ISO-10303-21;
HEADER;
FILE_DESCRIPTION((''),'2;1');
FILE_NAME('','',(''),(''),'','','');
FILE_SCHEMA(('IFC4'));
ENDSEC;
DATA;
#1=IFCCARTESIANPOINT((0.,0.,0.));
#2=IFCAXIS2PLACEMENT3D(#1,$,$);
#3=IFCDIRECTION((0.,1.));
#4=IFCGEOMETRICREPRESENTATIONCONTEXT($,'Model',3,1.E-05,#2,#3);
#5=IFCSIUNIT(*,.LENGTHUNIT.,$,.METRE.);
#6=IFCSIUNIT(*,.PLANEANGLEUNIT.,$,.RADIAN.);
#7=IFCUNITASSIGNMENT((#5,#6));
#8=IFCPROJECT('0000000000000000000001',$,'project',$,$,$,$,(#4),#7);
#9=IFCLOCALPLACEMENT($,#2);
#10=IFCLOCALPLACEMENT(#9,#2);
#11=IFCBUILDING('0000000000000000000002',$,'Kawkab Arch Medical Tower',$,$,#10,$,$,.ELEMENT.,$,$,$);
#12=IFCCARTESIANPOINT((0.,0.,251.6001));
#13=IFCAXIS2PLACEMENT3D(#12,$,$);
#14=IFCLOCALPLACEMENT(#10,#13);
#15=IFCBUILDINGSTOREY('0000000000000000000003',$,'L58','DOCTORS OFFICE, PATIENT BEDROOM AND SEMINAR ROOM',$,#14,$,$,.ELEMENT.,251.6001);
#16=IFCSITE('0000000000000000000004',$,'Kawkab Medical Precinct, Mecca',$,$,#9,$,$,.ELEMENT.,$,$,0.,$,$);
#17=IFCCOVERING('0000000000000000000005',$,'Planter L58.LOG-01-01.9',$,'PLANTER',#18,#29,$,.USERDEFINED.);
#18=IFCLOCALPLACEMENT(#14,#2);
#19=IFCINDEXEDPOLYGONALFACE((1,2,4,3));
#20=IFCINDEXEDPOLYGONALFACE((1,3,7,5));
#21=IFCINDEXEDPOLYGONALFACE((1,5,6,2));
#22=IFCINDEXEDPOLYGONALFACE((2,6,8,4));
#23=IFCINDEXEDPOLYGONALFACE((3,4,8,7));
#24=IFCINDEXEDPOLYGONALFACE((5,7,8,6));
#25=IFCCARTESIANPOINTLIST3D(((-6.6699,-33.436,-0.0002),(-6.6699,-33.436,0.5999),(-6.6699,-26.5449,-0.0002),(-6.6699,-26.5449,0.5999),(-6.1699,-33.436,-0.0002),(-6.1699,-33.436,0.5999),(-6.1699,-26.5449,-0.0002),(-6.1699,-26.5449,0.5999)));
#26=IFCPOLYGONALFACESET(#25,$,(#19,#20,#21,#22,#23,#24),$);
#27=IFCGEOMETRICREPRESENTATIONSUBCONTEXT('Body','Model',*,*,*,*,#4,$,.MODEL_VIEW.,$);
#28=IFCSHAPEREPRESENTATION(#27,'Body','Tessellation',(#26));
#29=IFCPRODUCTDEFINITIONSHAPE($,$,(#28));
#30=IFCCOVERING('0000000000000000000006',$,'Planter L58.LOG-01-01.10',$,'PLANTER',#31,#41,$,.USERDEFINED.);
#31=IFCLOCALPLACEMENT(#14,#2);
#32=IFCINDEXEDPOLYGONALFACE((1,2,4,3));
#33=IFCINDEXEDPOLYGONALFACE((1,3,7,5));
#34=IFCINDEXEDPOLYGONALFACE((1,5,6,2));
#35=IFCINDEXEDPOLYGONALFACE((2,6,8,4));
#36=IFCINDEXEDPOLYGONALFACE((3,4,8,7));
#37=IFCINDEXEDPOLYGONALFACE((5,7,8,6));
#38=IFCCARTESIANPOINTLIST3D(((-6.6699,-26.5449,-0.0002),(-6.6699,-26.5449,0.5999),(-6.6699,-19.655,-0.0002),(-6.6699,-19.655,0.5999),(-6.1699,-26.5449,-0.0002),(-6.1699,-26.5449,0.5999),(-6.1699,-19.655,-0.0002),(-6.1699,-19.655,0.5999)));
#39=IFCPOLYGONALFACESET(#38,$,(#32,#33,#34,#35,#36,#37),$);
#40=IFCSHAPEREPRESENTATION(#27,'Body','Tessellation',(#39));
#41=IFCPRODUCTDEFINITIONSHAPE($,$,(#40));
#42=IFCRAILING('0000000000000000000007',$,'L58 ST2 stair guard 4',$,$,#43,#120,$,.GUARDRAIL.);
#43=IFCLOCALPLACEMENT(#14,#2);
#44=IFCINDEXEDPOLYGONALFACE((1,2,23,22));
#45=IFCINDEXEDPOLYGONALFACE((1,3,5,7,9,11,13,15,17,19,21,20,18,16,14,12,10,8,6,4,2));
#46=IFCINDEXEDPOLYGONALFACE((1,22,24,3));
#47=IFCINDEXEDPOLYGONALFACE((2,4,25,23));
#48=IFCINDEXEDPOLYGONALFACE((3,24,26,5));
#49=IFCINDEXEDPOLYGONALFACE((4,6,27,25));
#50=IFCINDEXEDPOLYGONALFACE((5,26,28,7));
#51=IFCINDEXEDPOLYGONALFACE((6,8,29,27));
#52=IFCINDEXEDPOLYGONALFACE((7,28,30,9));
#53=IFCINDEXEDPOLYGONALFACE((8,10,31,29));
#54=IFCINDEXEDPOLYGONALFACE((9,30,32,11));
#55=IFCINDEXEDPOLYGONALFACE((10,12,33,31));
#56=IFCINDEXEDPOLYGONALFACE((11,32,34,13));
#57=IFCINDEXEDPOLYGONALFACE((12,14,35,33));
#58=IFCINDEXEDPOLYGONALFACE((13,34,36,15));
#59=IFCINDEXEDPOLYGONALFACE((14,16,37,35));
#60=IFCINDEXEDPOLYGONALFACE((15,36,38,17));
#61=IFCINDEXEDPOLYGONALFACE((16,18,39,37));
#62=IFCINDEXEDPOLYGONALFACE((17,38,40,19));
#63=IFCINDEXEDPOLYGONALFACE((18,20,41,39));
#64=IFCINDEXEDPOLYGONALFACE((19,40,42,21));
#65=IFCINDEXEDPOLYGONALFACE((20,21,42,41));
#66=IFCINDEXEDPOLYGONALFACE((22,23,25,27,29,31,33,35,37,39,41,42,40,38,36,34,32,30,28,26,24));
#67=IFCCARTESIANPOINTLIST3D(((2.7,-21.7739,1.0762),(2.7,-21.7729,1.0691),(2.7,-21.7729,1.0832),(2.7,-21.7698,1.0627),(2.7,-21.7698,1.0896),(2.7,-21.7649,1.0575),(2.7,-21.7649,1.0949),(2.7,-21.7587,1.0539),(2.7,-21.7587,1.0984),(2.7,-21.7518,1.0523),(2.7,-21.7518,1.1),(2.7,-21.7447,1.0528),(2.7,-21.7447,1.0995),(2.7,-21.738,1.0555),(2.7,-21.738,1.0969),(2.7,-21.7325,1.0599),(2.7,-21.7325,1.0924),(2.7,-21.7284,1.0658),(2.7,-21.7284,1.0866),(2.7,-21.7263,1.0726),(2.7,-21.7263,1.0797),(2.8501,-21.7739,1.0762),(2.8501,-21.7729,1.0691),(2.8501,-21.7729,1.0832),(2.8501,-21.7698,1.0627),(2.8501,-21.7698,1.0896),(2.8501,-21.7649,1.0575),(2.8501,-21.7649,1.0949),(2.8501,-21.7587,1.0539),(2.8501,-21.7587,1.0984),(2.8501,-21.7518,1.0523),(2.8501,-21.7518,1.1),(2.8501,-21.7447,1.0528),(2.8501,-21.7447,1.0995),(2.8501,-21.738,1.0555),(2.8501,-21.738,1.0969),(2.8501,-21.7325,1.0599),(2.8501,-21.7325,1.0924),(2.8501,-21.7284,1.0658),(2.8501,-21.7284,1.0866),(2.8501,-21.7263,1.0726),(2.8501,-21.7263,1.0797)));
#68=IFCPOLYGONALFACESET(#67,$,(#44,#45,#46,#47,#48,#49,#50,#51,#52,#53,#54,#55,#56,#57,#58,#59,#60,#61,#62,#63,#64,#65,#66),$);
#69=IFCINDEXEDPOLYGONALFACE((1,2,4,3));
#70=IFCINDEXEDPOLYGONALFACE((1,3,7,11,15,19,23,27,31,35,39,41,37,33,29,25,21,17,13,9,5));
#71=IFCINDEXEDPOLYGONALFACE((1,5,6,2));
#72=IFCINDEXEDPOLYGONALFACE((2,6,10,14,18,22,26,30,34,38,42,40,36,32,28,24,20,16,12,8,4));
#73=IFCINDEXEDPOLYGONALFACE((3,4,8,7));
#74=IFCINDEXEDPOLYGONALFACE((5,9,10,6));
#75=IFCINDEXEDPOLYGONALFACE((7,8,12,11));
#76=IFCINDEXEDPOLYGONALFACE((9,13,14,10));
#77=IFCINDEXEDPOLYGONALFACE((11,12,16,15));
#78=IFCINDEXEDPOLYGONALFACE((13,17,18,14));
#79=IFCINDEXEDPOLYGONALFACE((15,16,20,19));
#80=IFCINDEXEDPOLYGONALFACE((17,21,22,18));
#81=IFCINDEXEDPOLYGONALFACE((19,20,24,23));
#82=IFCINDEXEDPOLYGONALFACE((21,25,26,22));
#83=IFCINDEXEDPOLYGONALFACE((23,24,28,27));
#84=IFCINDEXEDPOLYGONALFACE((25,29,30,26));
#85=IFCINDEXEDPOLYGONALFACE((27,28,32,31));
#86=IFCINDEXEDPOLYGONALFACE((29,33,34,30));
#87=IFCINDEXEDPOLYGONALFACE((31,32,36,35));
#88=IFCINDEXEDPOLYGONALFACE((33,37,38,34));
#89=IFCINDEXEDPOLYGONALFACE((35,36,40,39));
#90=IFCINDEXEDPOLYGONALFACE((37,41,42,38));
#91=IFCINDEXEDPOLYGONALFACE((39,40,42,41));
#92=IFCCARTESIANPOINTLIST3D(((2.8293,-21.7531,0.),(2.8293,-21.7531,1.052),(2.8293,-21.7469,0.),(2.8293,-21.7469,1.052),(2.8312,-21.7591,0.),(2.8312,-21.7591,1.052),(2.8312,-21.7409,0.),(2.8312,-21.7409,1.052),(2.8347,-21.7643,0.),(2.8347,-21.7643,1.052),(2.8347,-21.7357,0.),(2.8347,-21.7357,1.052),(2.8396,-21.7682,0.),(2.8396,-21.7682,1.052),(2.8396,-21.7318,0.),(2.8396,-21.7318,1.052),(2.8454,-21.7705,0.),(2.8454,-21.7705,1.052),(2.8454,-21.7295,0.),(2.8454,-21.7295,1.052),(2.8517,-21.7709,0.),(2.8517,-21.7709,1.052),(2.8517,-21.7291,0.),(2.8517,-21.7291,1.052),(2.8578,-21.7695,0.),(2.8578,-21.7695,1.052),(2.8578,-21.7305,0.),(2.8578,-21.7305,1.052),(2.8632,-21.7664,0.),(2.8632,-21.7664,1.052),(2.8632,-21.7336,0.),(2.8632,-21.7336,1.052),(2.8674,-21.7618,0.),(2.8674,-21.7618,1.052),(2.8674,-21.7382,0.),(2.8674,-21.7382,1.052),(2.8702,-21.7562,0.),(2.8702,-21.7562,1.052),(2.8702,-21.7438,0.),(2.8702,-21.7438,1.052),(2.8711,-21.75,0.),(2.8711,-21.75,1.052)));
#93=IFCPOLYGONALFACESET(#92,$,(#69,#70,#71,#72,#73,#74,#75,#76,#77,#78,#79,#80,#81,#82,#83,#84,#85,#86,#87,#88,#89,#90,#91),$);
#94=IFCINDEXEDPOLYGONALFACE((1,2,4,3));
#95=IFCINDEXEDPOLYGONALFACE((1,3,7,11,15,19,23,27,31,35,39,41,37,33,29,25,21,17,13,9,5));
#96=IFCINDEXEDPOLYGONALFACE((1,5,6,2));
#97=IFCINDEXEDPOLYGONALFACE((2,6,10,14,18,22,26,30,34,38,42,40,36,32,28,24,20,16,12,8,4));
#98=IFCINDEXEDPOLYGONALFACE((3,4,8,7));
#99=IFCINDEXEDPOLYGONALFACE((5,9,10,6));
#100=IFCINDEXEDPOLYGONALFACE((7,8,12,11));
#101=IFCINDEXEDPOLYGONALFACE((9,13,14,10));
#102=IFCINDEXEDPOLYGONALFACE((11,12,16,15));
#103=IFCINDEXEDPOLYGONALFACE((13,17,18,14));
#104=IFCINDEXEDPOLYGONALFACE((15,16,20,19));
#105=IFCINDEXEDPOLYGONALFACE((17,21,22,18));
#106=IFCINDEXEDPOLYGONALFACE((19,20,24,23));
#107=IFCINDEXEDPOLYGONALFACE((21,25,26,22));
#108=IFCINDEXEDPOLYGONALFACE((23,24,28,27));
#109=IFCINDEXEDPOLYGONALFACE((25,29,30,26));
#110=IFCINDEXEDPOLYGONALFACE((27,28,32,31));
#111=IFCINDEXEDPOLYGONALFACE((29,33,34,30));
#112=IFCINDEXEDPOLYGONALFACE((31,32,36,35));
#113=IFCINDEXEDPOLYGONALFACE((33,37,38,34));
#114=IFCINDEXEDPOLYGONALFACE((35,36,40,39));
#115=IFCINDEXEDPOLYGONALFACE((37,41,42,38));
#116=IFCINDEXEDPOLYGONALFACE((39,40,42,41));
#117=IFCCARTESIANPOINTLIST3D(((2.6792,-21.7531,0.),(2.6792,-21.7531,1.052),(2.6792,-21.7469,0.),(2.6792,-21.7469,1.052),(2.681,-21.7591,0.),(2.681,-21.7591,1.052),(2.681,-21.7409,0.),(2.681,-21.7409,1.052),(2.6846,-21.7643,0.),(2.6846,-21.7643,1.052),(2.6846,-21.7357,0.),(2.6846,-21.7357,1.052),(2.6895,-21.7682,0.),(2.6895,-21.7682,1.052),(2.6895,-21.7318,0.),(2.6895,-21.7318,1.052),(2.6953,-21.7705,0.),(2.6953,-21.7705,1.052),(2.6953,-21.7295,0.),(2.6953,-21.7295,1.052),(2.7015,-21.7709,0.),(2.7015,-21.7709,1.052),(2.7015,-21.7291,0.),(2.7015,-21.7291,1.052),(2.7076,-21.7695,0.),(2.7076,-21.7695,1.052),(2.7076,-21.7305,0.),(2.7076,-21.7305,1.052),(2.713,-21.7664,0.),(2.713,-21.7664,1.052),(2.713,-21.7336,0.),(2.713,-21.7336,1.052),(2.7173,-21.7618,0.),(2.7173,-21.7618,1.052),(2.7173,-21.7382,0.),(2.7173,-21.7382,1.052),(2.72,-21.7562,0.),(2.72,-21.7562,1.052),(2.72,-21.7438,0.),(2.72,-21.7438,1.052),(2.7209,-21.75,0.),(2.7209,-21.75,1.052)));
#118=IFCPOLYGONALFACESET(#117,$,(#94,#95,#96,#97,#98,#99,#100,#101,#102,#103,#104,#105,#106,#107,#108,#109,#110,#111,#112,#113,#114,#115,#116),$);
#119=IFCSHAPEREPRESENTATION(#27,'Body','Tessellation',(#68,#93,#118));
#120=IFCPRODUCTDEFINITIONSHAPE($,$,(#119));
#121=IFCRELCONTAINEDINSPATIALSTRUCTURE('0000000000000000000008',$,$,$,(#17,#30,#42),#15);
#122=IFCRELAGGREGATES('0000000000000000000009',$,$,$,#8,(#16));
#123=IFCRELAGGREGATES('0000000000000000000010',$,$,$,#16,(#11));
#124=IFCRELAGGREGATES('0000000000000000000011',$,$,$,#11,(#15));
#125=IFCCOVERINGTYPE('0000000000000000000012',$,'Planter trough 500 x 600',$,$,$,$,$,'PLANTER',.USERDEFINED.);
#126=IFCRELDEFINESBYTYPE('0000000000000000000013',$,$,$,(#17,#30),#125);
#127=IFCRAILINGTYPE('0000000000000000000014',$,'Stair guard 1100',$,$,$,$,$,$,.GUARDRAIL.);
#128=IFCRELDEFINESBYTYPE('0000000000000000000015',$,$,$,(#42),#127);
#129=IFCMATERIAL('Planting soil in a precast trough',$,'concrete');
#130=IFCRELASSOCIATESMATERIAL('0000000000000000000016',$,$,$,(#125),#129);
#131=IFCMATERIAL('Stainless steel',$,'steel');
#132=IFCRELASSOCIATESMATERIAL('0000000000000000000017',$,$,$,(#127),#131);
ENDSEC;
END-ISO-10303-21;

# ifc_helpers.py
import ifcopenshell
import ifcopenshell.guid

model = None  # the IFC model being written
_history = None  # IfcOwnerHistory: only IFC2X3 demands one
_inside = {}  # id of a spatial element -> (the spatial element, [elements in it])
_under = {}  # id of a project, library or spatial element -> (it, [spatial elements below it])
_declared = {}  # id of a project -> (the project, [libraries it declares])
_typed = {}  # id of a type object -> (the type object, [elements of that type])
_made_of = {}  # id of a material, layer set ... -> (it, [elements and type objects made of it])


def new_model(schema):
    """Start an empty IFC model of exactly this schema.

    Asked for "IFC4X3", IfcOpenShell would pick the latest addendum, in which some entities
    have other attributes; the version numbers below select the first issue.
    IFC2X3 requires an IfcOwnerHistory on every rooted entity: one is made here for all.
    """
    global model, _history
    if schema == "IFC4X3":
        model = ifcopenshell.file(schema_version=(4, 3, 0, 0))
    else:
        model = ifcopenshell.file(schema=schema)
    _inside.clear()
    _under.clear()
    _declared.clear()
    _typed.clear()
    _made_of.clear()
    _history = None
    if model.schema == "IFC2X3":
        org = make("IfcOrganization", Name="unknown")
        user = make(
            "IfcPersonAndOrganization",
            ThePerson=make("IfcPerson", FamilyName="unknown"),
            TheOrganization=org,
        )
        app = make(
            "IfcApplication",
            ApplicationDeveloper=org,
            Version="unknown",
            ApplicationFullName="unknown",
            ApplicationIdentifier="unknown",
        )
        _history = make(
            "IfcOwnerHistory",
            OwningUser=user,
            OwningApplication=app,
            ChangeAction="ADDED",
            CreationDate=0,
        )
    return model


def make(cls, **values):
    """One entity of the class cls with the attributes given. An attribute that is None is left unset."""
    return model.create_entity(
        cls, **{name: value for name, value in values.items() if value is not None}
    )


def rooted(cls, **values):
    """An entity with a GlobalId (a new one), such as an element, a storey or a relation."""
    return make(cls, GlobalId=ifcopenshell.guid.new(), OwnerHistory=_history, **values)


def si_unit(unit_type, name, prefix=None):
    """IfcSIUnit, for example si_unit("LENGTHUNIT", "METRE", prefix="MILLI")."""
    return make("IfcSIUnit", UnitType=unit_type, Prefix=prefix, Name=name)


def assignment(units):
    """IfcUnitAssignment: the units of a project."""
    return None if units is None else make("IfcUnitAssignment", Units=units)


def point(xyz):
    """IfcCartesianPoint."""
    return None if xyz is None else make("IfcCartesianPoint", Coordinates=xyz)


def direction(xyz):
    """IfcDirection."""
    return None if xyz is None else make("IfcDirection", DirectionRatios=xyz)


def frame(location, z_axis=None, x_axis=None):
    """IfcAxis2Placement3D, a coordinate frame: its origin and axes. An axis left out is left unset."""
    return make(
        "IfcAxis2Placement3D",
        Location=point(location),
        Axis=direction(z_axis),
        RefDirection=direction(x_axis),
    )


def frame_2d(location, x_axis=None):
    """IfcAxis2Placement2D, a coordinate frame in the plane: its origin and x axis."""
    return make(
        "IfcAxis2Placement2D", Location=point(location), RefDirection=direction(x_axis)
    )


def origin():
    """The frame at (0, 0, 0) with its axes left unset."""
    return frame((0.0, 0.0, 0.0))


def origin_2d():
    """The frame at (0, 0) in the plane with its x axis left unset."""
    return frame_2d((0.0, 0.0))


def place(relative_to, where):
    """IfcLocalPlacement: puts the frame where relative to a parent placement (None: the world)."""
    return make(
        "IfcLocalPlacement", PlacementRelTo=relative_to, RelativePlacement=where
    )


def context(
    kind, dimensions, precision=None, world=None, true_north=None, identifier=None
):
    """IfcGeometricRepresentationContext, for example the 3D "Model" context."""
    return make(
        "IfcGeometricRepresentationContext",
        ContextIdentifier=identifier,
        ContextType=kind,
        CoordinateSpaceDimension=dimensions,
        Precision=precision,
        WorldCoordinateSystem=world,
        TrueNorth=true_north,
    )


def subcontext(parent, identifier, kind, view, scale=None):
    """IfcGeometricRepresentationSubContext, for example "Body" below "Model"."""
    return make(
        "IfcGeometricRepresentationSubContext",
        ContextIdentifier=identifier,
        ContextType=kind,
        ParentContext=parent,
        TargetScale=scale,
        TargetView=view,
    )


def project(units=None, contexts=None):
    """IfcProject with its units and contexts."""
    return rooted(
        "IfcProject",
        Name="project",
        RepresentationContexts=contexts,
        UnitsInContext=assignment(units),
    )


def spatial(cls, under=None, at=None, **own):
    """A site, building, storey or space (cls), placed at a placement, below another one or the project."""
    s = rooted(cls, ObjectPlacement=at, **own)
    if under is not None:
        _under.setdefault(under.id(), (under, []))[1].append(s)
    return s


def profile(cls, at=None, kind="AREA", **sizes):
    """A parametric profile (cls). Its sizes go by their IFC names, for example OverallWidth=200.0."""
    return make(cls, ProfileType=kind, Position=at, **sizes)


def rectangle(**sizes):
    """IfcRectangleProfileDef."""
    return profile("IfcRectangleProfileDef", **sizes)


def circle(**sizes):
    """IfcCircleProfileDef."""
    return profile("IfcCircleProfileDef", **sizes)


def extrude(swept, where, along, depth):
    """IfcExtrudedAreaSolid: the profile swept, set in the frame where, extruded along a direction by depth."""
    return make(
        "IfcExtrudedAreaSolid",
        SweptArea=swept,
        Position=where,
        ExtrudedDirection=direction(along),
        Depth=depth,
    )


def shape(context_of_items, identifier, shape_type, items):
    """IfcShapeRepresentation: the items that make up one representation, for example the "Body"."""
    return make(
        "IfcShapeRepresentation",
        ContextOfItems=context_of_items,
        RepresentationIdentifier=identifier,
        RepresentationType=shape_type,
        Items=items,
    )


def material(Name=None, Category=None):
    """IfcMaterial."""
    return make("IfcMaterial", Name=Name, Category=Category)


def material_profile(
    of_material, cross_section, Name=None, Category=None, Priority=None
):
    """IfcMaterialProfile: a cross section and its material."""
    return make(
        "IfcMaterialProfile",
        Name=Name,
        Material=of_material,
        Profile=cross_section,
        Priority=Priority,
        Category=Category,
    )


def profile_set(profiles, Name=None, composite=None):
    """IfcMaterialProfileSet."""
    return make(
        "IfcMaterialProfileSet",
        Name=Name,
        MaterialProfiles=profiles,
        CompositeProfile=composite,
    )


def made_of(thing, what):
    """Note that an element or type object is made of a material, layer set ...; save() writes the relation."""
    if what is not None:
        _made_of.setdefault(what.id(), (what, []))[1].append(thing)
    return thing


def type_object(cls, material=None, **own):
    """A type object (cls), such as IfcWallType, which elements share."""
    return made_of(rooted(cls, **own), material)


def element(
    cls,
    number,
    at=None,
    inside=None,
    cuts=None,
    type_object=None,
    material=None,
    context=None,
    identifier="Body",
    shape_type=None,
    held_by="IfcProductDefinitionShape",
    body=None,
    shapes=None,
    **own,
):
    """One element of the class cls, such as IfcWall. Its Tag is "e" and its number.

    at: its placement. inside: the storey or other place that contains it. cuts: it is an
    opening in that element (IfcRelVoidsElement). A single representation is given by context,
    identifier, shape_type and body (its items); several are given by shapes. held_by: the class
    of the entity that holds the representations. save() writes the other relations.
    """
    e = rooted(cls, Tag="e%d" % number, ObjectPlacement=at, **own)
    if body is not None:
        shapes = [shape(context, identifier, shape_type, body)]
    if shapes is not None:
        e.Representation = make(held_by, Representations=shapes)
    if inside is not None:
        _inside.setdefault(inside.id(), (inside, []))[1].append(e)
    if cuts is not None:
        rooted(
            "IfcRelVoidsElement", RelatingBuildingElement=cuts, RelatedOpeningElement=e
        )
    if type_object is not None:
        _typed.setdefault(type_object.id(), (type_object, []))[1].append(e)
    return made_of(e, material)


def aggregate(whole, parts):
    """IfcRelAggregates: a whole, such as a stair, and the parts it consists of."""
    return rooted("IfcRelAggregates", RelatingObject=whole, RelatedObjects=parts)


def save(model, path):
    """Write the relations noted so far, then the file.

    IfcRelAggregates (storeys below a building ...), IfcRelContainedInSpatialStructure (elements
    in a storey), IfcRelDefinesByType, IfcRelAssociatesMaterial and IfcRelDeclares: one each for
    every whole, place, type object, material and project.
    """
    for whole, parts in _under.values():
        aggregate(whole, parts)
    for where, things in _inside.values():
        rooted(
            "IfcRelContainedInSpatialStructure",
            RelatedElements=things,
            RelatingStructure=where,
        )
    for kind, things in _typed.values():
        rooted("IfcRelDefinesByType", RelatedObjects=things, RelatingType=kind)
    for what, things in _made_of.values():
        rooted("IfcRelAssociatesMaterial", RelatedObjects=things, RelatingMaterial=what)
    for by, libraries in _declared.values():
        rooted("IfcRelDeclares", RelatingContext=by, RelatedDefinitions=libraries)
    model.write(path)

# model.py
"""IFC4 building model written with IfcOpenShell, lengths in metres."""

from ifc_helpers import new_model, si_unit, direction, frame, origin, origin_2d, place, context, subcontext, project, spatial, rectangle, circle, extrude, material, material_profile, profile_set, type_object, element, save


model = new_model("IFC4")

# Units and contexts
model_context = context("Model", 3, precision=1e-05, world=origin(), true_north=direction((0.0, 1.0)))
body_context = subcontext(model_context, "Body", "Model", "MODEL_VIEW")
ifc_project = project(units=[si_unit("LENGTHUNIT", "METRE"), si_unit("PLANEANGLEUNIT", "RADIAN")], contexts=[model_context])

# Site, building, storey
site_placement = place(None, origin())
site = spatial("IfcSite", under=ifc_project, at=site_placement, Name="Kawkab Medical Precinct, Mecca", CompositionType="ELEMENT", RefElevation=0.0)
building_placement = place(site_placement, origin())
building = spatial("IfcBuilding", under=site, at=building_placement, Name="Kawkab Arch Medical Tower", CompositionType="ELEMENT")
storey_placement = place(building_placement, frame((0.0, 0.0, 251.6001)))
storey = spatial("IfcBuildingStorey", under=building, at=storey_placement, Name="L58", Description="DOCTORS OFFICE, PATIENT BEDROOM AND SEMINAR ROOM", CompositionType="ELEMENT", Elevation=251.6001)

# Coverings
ifc_material_1 = material(Name="Planting soil in a precast trough", Category="concrete")
ifc_material_profile_1 = material_profile(ifc_material_1, rectangle(XDim=0.5, YDim=0.6001, at=origin_2d()), Name="Trough 500x600")
ifc_profile_set_1 = profile_set([ifc_material_profile_1], Name="Planting soil in a precast trough")
covering_type_1 = type_object("IfcCoveringType", Name="Planter trough 500 x 600", ElementType="PLANTER", PredefinedType="USERDEFINED", material=ifc_profile_set_1)
covering_1_placement = place(storey_placement, frame((-6.4199, -33.436, 0.2998), z_axis=(0.0, 1.0, 0.0), x_axis=(-1.0, 0.0, 0.0)))
element("IfcCovering", 1, at=covering_1_placement, inside=storey, type_object=covering_type_1, Name="Planter L58.LOG-01-01.9", ObjectType="PLANTER", PredefinedType="USERDEFINED", context=body_context, shape_type="SweptSolid", body=[
    extrude(rectangle(XDim=0.5, YDim=0.6001, at=origin_2d()), origin(), (0.0, 0.0, 1.0), 6.8911),
])
covering_2_placement = place(storey_placement, frame((-6.4199, -26.5449, 0.2998), z_axis=(0.0, 1.0, 0.0), x_axis=(-1.0, 0.0, 0.0)))
element("IfcCovering", 2, at=covering_2_placement, inside=storey, type_object=covering_type_1, Name="Planter L58.LOG-01-01.10", ObjectType="PLANTER", PredefinedType="USERDEFINED", context=body_context, shape_type="SweptSolid", body=[
    extrude(rectangle(XDim=0.5, YDim=0.6001, at=origin_2d()), origin(), (0.0, 0.0, 1.0), 6.8899),
])

# Railing
ifc_material_2 = material(Name="Stainless steel", Category="steel")
railing_type_1 = type_object("IfcRailingType", Name="Stair guard 1100", PredefinedType="GUARDRAIL", material=ifc_material_2)
railing_1_placement = place(storey_placement, frame((2.8501, -21.75, 0.0)))
element("IfcRailing", 3, at=railing_1_placement, inside=storey, type_object=railing_type_1, Name="L58 ST2 stair guard 4", PredefinedType="GUARDRAIL", context=body_context, shape_type="SweptSolid", body=[
    extrude(circle(Radius=0.0239, at=origin_2d()), frame((0.0, 0.0, 1.0762), z_axis=(-1.0, 0.0, 0.0), x_axis=(0.0, -1.0, 0.0)), (0.0, 0.0, 1.0), 0.1501),
    extrude(circle(Radius=0.021, at=origin_2d()), origin(), (0.0, 0.0, 1.0), 1.052),
    extrude(circle(Radius=0.021, at=origin_2d()), frame((-0.1501, 0.0, 0.0)), (0.0, 0.0, 1.0), 1.052),
])

save(model, "model.ifc")
